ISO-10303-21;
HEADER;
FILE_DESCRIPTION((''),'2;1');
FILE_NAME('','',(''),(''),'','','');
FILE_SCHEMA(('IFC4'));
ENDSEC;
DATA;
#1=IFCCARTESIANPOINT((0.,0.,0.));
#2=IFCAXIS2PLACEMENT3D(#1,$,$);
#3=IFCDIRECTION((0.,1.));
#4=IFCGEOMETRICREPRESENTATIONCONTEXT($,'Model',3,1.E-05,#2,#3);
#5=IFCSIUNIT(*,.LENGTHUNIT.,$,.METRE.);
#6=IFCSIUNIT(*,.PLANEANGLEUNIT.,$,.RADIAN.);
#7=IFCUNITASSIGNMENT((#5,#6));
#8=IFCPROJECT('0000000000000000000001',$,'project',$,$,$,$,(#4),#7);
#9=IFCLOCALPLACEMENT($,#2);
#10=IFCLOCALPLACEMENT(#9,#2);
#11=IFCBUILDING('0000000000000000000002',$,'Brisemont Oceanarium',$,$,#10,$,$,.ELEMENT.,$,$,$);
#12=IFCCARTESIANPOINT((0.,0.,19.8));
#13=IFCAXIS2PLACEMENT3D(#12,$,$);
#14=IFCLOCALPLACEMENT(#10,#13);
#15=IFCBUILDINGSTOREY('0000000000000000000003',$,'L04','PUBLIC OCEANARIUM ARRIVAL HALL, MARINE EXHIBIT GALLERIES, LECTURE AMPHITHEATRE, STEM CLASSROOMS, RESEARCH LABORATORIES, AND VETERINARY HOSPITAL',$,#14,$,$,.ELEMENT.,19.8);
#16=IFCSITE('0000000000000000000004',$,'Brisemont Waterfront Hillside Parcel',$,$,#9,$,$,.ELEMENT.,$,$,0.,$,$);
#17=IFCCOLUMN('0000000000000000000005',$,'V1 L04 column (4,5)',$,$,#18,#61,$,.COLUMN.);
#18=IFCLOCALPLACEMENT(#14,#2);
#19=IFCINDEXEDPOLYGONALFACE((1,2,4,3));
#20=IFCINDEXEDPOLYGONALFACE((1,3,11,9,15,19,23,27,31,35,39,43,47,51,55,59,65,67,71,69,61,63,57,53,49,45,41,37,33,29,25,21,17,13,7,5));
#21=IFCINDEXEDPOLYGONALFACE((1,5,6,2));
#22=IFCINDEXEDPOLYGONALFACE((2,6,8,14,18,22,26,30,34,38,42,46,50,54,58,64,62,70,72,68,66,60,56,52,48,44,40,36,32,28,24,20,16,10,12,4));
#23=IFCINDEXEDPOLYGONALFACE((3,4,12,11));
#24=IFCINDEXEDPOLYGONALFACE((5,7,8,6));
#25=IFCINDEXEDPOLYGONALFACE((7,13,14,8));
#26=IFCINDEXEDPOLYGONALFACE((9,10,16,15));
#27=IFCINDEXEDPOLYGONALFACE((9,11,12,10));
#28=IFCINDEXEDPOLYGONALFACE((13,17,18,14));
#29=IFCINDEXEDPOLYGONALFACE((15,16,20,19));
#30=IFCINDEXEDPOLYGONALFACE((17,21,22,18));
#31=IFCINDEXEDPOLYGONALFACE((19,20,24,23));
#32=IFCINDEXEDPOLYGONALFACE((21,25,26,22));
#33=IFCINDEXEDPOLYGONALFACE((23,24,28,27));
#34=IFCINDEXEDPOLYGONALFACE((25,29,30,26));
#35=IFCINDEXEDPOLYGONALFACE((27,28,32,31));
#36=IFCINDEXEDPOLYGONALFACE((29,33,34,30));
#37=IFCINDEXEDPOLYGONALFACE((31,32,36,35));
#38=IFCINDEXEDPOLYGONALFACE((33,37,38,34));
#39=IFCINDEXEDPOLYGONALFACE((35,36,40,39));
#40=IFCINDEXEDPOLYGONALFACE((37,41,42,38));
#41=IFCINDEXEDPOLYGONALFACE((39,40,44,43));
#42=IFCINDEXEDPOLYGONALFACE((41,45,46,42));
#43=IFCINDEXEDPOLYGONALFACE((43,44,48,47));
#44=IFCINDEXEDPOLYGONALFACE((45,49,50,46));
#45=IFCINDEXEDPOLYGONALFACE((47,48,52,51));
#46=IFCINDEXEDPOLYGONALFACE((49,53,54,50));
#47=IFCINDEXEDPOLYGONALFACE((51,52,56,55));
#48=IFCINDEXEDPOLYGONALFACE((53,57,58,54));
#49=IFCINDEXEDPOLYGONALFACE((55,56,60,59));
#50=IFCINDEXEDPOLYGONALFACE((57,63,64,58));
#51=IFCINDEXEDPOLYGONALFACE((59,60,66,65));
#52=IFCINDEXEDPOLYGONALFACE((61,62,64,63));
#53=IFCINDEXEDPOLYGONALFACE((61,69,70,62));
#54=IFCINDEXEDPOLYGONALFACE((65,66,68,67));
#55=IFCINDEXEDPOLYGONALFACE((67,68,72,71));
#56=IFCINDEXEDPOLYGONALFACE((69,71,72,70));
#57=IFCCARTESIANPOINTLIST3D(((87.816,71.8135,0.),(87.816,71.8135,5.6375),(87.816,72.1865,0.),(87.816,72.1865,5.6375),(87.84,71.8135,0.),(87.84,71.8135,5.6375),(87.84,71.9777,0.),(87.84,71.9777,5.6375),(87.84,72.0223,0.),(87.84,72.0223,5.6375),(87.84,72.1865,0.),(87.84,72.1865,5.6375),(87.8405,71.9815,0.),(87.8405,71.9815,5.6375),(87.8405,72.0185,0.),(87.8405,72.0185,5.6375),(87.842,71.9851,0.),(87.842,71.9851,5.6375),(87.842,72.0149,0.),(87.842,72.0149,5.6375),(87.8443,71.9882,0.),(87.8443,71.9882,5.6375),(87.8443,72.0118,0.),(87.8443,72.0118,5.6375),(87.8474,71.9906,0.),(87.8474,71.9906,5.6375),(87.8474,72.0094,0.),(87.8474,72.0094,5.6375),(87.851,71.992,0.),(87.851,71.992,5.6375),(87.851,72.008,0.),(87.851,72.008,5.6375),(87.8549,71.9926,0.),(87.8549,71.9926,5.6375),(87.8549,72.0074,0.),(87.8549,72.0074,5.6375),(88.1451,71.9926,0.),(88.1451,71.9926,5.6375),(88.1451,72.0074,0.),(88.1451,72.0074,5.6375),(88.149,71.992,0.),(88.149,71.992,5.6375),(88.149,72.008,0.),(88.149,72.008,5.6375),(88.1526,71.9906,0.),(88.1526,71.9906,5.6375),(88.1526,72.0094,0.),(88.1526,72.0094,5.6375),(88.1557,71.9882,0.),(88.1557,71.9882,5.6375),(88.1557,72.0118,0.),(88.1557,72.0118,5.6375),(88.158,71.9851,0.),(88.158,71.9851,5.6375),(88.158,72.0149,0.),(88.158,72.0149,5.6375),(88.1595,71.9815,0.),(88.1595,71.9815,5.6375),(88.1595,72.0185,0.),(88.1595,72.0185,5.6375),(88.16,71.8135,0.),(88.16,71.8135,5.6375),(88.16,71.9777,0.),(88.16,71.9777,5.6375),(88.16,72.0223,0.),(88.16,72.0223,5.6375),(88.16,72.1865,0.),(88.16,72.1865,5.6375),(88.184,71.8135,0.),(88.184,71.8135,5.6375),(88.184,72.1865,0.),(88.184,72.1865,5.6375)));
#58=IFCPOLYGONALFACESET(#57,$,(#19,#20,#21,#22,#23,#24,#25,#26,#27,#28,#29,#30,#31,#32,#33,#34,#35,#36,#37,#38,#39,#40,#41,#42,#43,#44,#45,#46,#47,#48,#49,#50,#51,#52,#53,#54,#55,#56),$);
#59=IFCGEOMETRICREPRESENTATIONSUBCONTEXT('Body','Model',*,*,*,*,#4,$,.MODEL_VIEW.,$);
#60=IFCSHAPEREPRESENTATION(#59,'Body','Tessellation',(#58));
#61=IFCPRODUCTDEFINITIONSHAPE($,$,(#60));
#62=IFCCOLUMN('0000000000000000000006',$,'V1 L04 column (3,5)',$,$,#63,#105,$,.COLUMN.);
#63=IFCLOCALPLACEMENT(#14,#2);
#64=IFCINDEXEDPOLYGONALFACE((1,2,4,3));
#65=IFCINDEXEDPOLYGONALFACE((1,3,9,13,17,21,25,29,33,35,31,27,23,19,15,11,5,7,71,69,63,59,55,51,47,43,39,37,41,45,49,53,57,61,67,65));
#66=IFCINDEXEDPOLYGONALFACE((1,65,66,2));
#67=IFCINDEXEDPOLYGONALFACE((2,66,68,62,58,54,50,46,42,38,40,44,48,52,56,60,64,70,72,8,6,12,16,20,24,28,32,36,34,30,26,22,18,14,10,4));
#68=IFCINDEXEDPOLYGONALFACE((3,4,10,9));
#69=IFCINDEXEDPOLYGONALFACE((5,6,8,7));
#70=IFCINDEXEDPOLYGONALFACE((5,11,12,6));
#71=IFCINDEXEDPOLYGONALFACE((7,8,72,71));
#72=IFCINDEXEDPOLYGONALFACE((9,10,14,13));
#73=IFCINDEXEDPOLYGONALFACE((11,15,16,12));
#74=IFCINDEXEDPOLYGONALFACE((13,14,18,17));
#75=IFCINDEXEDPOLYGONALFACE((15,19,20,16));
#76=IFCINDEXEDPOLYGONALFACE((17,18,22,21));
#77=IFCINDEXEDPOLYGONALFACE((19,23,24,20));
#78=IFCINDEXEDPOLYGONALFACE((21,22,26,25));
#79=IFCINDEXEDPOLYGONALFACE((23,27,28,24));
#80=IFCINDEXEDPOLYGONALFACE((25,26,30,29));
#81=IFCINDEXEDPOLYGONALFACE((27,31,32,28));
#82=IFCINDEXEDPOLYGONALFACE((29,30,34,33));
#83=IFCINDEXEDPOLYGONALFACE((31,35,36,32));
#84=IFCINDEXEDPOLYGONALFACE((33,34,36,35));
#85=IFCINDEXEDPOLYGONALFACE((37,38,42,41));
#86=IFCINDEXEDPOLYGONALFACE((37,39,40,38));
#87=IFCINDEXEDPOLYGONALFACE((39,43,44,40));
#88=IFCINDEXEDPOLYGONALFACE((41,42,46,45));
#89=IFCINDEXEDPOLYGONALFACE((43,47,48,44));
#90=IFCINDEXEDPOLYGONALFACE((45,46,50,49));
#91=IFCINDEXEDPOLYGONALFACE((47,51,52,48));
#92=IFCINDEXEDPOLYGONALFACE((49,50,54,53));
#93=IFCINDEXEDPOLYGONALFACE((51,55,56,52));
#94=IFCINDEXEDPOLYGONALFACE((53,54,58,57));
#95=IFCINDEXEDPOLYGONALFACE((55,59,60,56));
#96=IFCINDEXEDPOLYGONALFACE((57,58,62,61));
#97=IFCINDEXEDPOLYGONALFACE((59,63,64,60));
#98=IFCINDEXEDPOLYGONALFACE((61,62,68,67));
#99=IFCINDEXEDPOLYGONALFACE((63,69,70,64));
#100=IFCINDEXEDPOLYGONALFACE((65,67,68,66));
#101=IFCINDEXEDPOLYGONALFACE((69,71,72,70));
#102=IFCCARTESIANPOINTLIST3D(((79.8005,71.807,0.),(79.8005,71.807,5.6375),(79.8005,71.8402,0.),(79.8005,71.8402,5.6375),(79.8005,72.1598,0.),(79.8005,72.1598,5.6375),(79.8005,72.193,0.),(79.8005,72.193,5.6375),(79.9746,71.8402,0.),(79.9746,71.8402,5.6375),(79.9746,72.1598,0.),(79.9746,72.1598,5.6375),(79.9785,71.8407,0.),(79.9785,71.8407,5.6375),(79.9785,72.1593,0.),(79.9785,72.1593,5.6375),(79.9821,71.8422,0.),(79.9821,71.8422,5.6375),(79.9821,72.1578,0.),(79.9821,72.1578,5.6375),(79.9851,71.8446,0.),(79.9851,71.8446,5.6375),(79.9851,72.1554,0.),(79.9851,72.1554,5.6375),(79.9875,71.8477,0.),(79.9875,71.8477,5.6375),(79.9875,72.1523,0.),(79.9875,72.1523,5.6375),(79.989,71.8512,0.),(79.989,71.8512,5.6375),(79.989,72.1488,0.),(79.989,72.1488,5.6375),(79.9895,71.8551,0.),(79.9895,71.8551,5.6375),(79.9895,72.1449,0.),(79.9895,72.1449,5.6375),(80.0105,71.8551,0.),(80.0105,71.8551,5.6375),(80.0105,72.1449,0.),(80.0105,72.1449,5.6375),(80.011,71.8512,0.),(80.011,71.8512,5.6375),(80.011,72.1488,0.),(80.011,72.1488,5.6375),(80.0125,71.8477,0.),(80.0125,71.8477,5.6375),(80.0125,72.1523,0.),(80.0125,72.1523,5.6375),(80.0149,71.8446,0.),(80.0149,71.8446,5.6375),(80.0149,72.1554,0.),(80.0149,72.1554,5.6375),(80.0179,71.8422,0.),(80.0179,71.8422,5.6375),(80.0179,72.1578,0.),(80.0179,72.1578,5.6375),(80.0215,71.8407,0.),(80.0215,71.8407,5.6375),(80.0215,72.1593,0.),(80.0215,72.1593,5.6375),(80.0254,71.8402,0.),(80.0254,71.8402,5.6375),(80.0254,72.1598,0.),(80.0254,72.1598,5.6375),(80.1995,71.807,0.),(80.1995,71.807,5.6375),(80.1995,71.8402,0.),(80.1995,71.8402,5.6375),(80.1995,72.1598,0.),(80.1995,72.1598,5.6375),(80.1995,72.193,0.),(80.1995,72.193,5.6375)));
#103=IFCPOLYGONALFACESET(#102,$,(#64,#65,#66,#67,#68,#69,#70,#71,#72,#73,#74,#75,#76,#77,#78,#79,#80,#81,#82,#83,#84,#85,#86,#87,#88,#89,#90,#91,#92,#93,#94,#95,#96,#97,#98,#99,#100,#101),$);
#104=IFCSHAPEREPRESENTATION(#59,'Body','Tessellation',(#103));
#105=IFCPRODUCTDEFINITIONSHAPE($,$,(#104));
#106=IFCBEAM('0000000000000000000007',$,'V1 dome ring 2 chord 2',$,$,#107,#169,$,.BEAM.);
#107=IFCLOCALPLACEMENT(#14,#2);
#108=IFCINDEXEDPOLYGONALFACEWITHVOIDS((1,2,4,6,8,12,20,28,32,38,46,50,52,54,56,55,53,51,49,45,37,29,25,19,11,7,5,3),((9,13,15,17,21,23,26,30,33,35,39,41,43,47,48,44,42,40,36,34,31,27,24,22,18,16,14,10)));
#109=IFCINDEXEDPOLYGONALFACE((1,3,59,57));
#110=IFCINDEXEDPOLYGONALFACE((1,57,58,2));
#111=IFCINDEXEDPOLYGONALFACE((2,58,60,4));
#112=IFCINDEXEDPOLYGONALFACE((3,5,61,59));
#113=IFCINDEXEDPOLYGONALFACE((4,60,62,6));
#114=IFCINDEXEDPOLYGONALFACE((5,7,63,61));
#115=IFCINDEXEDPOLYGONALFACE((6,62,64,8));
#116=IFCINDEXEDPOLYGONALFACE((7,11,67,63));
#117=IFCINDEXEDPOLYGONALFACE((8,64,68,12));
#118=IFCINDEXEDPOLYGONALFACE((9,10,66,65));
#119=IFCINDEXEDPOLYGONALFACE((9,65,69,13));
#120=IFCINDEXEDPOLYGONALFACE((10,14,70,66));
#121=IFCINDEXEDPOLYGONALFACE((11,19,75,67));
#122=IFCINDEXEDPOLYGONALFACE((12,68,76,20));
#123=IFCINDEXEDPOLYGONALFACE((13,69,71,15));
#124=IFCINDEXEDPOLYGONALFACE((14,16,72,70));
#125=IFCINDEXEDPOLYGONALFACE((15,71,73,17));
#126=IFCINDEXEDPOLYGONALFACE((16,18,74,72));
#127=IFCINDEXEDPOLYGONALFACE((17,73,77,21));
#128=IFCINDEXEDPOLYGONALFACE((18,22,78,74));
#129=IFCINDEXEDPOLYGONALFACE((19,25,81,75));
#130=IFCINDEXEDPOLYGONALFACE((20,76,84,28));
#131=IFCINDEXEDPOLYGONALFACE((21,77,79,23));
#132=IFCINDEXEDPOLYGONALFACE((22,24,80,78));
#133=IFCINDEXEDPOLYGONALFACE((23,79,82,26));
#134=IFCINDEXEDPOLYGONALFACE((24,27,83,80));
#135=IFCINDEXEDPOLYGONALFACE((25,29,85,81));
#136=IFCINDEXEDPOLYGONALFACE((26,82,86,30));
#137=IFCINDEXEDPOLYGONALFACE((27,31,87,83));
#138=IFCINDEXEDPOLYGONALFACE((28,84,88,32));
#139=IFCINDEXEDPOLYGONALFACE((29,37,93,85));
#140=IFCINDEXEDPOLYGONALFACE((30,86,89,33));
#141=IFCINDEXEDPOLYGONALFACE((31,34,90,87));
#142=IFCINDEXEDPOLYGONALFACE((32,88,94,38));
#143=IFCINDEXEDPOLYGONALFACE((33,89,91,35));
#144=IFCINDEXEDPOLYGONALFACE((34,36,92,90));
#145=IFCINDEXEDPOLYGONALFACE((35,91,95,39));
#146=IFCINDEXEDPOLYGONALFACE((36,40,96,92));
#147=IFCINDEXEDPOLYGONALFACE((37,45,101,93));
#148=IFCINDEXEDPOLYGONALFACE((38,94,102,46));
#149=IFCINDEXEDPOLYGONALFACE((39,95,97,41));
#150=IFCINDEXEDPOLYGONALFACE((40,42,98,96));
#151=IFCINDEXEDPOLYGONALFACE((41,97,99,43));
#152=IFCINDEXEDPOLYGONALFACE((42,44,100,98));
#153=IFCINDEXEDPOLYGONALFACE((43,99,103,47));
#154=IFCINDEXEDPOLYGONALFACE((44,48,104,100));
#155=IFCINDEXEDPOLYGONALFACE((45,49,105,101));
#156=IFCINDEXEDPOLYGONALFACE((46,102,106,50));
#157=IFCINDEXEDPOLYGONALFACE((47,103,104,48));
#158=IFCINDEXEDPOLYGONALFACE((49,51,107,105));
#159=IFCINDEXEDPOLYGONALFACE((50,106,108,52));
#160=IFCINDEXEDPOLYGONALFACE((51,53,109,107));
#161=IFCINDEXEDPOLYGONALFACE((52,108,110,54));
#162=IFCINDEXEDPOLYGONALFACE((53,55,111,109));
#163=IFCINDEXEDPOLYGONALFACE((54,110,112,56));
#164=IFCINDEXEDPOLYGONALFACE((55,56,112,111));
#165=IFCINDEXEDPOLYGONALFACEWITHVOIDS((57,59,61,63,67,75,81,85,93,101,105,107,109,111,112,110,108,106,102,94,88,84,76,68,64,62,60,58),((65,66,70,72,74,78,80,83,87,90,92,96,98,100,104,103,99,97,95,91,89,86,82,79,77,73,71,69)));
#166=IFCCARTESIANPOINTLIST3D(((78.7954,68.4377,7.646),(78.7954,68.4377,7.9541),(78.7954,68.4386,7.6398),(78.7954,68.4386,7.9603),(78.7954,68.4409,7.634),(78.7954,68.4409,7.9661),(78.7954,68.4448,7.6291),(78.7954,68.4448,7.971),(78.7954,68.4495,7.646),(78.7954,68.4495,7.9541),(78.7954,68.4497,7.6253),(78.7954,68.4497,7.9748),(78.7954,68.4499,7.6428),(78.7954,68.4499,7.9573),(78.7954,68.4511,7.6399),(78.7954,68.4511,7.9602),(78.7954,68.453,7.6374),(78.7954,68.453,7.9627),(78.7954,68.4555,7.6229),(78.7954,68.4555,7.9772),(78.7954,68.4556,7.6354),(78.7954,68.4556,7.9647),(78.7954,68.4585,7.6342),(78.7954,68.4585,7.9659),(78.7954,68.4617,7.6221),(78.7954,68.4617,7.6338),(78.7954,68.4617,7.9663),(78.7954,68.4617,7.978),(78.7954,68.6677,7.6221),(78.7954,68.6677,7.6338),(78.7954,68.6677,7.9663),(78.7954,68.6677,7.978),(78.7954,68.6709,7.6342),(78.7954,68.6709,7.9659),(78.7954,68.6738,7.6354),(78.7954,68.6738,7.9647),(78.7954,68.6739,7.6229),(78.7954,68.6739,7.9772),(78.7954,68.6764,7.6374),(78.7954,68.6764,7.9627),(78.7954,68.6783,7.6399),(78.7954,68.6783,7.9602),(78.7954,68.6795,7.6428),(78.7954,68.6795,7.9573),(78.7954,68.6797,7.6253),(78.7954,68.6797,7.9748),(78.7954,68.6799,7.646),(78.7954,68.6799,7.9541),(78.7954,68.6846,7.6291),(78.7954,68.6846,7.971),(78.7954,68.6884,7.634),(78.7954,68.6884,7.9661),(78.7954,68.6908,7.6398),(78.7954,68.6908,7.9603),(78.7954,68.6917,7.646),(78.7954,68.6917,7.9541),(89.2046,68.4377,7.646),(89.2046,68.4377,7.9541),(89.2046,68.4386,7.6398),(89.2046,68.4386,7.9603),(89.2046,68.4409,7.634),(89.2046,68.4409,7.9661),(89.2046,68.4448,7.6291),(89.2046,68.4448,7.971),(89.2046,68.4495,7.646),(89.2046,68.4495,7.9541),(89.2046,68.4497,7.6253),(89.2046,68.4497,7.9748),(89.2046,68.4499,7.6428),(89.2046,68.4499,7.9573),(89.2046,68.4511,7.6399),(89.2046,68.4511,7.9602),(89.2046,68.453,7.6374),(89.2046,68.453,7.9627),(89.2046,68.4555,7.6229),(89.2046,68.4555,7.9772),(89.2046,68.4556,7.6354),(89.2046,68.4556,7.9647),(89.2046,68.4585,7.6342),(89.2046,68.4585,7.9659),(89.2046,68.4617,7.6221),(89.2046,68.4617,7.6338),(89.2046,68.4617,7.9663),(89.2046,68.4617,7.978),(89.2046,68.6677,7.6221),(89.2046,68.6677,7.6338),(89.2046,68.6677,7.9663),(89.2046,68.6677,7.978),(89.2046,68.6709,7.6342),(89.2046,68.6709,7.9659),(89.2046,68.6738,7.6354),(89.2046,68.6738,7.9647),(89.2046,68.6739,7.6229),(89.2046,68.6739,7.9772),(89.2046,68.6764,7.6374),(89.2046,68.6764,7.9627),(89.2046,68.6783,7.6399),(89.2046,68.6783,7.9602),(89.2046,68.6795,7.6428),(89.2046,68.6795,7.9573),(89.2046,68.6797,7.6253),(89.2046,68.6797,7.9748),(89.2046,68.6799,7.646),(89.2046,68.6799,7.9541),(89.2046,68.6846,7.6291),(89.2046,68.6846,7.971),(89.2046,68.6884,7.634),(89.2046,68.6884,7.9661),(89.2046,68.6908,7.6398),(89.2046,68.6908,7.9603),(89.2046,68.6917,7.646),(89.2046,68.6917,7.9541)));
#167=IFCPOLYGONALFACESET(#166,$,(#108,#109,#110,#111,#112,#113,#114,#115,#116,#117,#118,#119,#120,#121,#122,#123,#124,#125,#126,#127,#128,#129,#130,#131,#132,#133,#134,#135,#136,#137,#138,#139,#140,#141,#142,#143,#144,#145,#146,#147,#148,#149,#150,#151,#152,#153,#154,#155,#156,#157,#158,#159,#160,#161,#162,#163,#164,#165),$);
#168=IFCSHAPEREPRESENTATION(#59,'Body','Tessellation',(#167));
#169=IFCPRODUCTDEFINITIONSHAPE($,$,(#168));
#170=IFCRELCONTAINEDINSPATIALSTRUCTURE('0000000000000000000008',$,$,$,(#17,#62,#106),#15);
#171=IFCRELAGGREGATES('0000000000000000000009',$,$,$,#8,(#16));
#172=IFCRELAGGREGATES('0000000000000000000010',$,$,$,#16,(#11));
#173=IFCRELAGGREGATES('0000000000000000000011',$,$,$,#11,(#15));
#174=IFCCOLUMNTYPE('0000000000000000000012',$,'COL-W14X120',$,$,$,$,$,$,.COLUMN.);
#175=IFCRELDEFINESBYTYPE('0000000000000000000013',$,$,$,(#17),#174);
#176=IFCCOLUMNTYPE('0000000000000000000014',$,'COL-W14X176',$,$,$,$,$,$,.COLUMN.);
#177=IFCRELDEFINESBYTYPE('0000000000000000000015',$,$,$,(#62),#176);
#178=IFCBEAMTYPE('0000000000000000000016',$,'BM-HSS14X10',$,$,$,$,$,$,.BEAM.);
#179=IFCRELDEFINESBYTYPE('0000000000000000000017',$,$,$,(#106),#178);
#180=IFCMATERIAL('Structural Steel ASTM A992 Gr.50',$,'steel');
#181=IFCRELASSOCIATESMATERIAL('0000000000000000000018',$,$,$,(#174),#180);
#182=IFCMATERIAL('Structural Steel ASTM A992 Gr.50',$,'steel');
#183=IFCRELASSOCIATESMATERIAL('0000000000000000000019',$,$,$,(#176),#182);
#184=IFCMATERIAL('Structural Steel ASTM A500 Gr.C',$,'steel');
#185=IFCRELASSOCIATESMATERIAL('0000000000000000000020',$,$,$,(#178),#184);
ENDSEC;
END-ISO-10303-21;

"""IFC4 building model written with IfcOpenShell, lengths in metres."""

from ifc_helpers import new_model, si_unit, direction, frame, origin, origin_2d, place, context, subcontext, project, spatial, hollow_rectangle, i_section, extrude, material, material_profile, profile_set, type_object, element, save


model = new_model("IFC4")

# Units and contexts
model_context = context("Model", 3, precision=1e-05, world=origin(), true_north=direction((0.0, 1.0)))
body_context = subcontext(model_context, "Body", "Model", "MODEL_VIEW")
ifc_project = project(units=[si_unit("LENGTHUNIT", "METRE"), si_unit("PLANEANGLEUNIT", "RADIAN")], contexts=[model_context])

# Site, building, storey
site_placement = place(None, origin())
site = spatial("IfcSite", under=ifc_project, at=site_placement, Name="Brisemont Waterfront Hillside Parcel", CompositionType="ELEMENT", RefElevation=0.0)
building_placement = place(site_placement, origin())
building = spatial("IfcBuilding", under=site, at=building_placement, Name="Brisemont Oceanarium", CompositionType="ELEMENT")
storey_placement = place(building_placement, frame((0.0, 0.0, 19.8)))
storey = spatial("IfcBuildingStorey", under=building, at=storey_placement, Name="L04", Description="PUBLIC OCEANARIUM ARRIVAL HALL, MARINE EXHIBIT GALLERIES, LECTURE AMPHITHEATRE, STEM CLASSROOMS, RESEARCH LABORATORIES, AND VETERINARY HOSPITAL", CompositionType="ELEMENT", Elevation=19.8)

# Columns
ifc_material_1 = material(Name="Structural Steel ASTM A992 Gr.50", Category="steel")
ifc_material_profile_1 = material_profile(ifc_material_1, i_section(OverallWidth=0.373, OverallDepth=0.3679, WebThickness=0.0149, FlangeThickness=0.0239, FilletRadius=0.0149, at=origin_2d()), Name="W14X120")
ifc_profile_set_1 = profile_set([ifc_material_profile_1], Name="Structural Steel ASTM A992 Gr.50")
column_type_1 = type_object("IfcColumnType", Name="COL-W14X120", PredefinedType="COLUMN", material=ifc_profile_set_1)
column_1_placement = place(storey_placement, frame((88.0, 72.0, 0.0), z_axis=(0.0, 0.0, 1.0), x_axis=(0.0, 1.0, 0.0)))
element("IfcColumn", 1, at=column_1_placement, inside=storey, type_object=column_type_1, Name="V1 L04 column (4,5)", PredefinedType="COLUMN", context=body_context, shape_type="SweptSolid", body=[
    extrude(i_section(OverallWidth=0.373, OverallDepth=0.3679, WebThickness=0.0149, FlangeThickness=0.0239, FilletRadius=0.0149, at=origin_2d()), origin(), (0.0, 0.0, 1.0), 5.6375),
])
ifc_material_2 = material(Name="Structural Steel ASTM A992 Gr.50", Category="steel")
ifc_material_profile_2 = material_profile(ifc_material_2, i_section(OverallWidth=0.3989, OverallDepth=0.386, WebThickness=0.021, FlangeThickness=0.0332, FilletRadius=0.0149, at=origin_2d()), Name="W14X176")
ifc_profile_set_2 = profile_set([ifc_material_profile_2], Name="Structural Steel ASTM A992 Gr.50")
column_type_2 = type_object("IfcColumnType", Name="COL-W14X176", PredefinedType="COLUMN", material=ifc_profile_set_2)
column_2_placement = place(storey_placement, frame((80.0, 72.0, 0.0), z_axis=(0.0, 0.0, 1.0), x_axis=(1.0, 0.0, 0.0)))
element("IfcColumn", 2, at=column_2_placement, inside=storey, type_object=column_type_2, Name="V1 L04 column (3,5)", PredefinedType="COLUMN", context=body_context, shape_type="SweptSolid", body=[
    extrude(i_section(OverallWidth=0.3989, OverallDepth=0.386, WebThickness=0.021, FlangeThickness=0.0332, FilletRadius=0.0149, at=origin_2d()), origin(), (0.0, 0.0, 1.0), 5.6375),
])

# Beam
ifc_material_3 = material(Name="Structural Steel ASTM A500 Gr.C", Category="steel")
ifc_material_profile_3 = material_profile(ifc_material_3, hollow_rectangle(XDim=0.2539, YDim=0.356, WallThickness=0.0117, InnerFilletRadius=0.0122, OuterFilletRadius=0.0239, at=origin_2d()), Name="HSS14X10X1/2")
ifc_profile_set_3 = profile_set([ifc_material_profile_3], Name="Structural Steel ASTM A500 Gr.C")
beam_type_1 = type_object("IfcBeamType", Name="BM-HSS14X10", PredefinedType="BEAM", material=ifc_profile_set_3)
beam_1_placement = place(storey_placement, frame((89.2046, 68.5647, 7.8), z_axis=(-1.0, 0.0, 0.0), x_axis=(0.0, -1.0, 0.0)))
element("IfcBeam", 3, at=beam_1_placement, inside=storey, type_object=beam_type_1, Name="V1 dome ring 2 chord 2", PredefinedType="BEAM", context=body_context, shape_type="SweptSolid", body=[
    extrude(hollow_rectangle(XDim=0.2539, YDim=0.356, WallThickness=0.0117, InnerFilletRadius=0.0122, OuterFilletRadius=0.0239, at=origin_2d()), origin(), (0.0, 0.0, 1.0), 10.4092),
])

save(model, "model.ifc")
